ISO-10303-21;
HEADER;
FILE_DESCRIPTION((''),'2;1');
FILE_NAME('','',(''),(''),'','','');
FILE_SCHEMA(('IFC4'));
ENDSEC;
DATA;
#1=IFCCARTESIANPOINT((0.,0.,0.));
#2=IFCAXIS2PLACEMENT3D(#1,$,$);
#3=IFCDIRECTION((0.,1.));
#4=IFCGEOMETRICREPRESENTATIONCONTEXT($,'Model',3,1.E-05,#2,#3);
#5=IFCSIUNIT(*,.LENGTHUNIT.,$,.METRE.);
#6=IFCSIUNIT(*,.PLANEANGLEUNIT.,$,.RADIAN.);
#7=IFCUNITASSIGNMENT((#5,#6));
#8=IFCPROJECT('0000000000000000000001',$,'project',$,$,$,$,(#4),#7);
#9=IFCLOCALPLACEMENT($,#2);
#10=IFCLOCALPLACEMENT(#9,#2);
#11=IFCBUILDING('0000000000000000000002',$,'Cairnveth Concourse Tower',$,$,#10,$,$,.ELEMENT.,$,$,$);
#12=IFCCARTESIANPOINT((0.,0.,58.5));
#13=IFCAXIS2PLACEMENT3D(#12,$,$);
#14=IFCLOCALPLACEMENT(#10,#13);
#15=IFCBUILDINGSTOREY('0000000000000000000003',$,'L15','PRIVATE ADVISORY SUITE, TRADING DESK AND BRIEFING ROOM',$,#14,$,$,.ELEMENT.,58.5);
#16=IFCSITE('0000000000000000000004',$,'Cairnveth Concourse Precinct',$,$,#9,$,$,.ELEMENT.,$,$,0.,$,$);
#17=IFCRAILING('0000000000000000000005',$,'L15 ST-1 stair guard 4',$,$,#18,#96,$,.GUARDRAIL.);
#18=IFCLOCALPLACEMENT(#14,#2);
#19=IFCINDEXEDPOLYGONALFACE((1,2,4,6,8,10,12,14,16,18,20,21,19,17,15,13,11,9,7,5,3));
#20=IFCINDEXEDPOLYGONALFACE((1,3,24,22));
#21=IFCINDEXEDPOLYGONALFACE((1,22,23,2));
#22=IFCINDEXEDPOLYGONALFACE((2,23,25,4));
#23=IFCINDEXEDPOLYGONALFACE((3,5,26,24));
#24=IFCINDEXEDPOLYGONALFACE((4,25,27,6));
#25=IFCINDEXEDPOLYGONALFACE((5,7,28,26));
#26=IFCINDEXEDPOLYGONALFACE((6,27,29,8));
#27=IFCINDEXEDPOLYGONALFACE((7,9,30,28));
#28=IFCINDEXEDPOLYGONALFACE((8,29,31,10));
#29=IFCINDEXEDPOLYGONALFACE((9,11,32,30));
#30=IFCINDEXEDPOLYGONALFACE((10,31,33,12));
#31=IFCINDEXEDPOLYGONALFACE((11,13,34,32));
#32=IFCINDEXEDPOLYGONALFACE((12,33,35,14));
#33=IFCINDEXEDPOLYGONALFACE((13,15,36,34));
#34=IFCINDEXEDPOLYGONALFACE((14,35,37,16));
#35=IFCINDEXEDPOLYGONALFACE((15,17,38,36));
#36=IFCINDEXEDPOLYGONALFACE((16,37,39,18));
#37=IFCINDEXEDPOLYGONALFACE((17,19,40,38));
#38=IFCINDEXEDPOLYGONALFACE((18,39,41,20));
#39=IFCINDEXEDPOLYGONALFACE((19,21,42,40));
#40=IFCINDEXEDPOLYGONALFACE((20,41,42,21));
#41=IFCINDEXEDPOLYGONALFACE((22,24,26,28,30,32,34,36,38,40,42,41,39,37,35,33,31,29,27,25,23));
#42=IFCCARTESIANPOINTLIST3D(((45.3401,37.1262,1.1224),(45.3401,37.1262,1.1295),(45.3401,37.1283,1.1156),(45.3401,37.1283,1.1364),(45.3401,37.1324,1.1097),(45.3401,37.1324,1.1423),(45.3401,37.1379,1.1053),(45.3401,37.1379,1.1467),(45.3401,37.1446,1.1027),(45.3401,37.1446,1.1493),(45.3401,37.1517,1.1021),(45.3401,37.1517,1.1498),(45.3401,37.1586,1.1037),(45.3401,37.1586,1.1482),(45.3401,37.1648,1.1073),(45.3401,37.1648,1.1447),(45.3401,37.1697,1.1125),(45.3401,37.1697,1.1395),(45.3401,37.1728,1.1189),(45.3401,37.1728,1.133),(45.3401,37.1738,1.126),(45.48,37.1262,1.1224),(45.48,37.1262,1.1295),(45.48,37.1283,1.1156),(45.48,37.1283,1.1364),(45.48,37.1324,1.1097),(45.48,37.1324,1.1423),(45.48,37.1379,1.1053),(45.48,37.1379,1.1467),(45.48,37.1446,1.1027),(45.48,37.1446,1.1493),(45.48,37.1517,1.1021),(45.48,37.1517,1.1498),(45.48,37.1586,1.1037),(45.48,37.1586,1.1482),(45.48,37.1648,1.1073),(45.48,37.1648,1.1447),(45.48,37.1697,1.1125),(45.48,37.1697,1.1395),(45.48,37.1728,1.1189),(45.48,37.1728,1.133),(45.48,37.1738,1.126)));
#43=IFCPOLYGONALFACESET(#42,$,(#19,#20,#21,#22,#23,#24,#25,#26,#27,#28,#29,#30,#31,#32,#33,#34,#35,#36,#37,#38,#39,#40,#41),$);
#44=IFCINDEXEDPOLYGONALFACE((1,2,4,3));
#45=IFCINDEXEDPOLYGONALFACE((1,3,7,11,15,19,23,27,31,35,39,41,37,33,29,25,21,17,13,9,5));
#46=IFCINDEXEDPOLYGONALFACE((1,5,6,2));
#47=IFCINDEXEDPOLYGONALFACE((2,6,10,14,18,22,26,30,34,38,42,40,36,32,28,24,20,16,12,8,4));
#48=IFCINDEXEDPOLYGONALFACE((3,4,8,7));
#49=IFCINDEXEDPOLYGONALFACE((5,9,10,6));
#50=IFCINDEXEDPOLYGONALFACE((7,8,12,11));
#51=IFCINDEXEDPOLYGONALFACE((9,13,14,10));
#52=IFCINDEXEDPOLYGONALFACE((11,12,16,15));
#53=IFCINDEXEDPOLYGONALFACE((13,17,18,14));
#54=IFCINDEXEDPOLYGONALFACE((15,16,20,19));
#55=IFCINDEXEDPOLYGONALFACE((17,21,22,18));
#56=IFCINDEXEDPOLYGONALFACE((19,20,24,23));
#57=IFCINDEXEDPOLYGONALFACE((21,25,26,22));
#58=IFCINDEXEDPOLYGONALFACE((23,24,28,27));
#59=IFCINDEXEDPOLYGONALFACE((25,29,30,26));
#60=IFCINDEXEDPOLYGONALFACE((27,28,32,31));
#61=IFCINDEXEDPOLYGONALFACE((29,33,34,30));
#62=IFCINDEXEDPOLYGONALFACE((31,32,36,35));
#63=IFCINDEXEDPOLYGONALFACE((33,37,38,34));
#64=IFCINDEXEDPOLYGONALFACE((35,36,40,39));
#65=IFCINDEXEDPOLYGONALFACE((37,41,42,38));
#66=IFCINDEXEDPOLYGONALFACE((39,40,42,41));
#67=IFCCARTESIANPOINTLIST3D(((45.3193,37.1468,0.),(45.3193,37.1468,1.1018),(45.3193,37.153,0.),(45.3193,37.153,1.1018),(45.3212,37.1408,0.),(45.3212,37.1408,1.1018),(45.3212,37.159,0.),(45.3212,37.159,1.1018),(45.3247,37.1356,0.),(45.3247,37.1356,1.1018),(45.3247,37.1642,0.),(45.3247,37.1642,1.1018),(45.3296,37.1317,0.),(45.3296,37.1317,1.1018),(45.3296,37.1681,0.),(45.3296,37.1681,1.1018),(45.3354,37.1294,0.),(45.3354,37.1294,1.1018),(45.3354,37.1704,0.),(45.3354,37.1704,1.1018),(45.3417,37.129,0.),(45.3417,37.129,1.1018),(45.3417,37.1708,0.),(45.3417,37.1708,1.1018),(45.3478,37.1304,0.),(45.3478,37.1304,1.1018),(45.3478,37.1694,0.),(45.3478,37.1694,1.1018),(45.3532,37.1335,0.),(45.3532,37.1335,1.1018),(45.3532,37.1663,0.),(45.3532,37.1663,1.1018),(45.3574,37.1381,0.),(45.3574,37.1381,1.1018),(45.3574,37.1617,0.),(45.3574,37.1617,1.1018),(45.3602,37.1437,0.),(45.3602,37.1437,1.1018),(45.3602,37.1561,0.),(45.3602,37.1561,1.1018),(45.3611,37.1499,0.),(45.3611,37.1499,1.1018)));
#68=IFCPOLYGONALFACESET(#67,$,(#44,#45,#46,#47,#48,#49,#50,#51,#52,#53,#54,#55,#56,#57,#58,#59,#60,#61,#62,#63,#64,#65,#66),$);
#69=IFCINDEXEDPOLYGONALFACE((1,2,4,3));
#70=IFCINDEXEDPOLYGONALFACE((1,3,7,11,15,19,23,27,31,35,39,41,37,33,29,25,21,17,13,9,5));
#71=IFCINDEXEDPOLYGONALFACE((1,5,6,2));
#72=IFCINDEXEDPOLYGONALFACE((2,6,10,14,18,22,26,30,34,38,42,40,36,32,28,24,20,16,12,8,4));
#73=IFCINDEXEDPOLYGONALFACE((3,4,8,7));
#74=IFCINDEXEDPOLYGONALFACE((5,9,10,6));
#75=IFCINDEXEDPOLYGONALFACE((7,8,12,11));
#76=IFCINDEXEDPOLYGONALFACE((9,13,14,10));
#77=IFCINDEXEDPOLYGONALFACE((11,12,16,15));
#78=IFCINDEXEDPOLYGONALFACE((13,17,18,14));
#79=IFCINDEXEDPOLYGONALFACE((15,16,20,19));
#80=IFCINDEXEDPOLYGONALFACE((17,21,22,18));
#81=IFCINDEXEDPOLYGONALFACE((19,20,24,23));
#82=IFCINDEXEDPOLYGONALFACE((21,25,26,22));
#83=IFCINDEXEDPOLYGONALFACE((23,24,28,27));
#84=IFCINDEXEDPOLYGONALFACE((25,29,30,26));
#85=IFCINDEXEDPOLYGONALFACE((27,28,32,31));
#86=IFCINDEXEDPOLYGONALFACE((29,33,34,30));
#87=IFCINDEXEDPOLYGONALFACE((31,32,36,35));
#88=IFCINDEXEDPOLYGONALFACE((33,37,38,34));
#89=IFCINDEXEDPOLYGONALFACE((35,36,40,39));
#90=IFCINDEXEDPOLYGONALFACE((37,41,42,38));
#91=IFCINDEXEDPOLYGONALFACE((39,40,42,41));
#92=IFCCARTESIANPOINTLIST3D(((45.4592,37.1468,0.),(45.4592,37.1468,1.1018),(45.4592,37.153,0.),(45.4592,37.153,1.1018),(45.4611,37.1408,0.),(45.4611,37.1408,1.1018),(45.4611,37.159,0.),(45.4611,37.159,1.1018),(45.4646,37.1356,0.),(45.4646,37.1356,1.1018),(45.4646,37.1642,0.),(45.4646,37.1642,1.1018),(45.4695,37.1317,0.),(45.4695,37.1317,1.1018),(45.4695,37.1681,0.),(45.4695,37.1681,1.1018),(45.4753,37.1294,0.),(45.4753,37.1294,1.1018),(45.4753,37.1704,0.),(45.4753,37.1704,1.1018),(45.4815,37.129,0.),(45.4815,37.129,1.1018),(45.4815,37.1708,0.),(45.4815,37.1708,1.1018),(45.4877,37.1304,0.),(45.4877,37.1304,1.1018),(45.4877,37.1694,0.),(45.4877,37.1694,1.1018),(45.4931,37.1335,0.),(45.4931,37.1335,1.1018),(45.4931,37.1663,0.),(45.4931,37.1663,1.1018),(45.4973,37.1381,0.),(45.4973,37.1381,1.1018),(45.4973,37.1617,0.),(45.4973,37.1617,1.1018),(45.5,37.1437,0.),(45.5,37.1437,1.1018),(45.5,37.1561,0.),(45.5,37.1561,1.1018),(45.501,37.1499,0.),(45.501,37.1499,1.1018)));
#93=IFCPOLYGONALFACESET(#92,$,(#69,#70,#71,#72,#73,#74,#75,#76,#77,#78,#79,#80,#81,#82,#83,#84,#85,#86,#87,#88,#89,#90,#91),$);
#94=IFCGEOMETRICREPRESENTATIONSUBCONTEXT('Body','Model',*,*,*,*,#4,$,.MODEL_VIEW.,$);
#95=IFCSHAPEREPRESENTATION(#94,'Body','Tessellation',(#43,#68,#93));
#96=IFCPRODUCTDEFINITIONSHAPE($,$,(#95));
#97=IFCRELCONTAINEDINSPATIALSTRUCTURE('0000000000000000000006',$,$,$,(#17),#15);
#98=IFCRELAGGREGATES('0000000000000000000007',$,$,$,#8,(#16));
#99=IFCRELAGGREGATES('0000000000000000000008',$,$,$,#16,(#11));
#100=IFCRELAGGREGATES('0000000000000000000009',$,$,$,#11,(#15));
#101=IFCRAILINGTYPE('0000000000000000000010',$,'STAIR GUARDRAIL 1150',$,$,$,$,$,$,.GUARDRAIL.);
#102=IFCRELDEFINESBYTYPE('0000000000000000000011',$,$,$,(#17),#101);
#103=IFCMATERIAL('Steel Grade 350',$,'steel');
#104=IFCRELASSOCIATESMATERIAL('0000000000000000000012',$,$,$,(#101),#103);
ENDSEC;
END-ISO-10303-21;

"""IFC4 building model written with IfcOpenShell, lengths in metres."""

from ifc_helpers import new_model, si_unit, direction, frame, origin, origin_2d, place, context, subcontext, project, spatial, circle, extrude, material, type_object, element, save


model = new_model("IFC4")

# Units and contexts
model_context = context("Model", 3, precision=1e-05, world=origin(), true_north=direction((0.0, 1.0)))
body_context = subcontext(model_context, "Body", "Model", "MODEL_VIEW")
ifc_project = project(units=[si_unit("LENGTHUNIT", "METRE"), si_unit("PLANEANGLEUNIT", "RADIAN")], contexts=[model_context])

# Site, building, storey
site_placement = place(None, origin())
site = spatial("IfcSite", under=ifc_project, at=site_placement, Name="Cairnveth Concourse Precinct", CompositionType="ELEMENT", RefElevation=0.0)
building_placement = place(site_placement, origin())
building = spatial("IfcBuilding", under=site, at=building_placement, Name="Cairnveth Concourse Tower", CompositionType="ELEMENT")
storey_placement = place(building_placement, frame((0.0, 0.0, 58.5)))
storey = spatial("IfcBuildingStorey", under=building, at=storey_placement, Name="L15", Description="PRIVATE ADVISORY SUITE, TRADING DESK AND BRIEFING ROOM", CompositionType="ELEMENT", Elevation=58.5)

# Shared definitions
ifc_material_1 = material(Name="Steel Grade 350", Category="steel")

# Railing
railing_type = type_object("IfcRailingType", Name="STAIR GUARDRAIL 1150", PredefinedType="GUARDRAIL", material=ifc_material_1)
railing_1_placement = place(storey_placement, frame((45.3401, 37.1499, 0.0)))
element("IfcRailing", 1, at=railing_1_placement, inside=storey, type_object=railing_type, Name="L15 ST-1 stair guard 4", PredefinedType="GUARDRAIL", context=body_context, shape_type="SweptSolid", body=[
    extrude(circle(Radius=0.0239, at=origin_2d()), frame((0.0, 0.0, 1.126), z_axis=(1.0, 0.0, 0.0), x_axis=(0.0, 1.0, 0.0)), (0.0, 0.0, 1.0), 0.1399),
    extrude(circle(Radius=0.021, at=origin_2d()), origin(), (0.0, 0.0, 1.0), 1.1018),
    extrude(circle(Radius=0.021, at=origin_2d()), frame((0.1399, 0.0, 0.0)), (0.0, 0.0, 1.0), 1.1018),
])

save(model, "model.ifc")
